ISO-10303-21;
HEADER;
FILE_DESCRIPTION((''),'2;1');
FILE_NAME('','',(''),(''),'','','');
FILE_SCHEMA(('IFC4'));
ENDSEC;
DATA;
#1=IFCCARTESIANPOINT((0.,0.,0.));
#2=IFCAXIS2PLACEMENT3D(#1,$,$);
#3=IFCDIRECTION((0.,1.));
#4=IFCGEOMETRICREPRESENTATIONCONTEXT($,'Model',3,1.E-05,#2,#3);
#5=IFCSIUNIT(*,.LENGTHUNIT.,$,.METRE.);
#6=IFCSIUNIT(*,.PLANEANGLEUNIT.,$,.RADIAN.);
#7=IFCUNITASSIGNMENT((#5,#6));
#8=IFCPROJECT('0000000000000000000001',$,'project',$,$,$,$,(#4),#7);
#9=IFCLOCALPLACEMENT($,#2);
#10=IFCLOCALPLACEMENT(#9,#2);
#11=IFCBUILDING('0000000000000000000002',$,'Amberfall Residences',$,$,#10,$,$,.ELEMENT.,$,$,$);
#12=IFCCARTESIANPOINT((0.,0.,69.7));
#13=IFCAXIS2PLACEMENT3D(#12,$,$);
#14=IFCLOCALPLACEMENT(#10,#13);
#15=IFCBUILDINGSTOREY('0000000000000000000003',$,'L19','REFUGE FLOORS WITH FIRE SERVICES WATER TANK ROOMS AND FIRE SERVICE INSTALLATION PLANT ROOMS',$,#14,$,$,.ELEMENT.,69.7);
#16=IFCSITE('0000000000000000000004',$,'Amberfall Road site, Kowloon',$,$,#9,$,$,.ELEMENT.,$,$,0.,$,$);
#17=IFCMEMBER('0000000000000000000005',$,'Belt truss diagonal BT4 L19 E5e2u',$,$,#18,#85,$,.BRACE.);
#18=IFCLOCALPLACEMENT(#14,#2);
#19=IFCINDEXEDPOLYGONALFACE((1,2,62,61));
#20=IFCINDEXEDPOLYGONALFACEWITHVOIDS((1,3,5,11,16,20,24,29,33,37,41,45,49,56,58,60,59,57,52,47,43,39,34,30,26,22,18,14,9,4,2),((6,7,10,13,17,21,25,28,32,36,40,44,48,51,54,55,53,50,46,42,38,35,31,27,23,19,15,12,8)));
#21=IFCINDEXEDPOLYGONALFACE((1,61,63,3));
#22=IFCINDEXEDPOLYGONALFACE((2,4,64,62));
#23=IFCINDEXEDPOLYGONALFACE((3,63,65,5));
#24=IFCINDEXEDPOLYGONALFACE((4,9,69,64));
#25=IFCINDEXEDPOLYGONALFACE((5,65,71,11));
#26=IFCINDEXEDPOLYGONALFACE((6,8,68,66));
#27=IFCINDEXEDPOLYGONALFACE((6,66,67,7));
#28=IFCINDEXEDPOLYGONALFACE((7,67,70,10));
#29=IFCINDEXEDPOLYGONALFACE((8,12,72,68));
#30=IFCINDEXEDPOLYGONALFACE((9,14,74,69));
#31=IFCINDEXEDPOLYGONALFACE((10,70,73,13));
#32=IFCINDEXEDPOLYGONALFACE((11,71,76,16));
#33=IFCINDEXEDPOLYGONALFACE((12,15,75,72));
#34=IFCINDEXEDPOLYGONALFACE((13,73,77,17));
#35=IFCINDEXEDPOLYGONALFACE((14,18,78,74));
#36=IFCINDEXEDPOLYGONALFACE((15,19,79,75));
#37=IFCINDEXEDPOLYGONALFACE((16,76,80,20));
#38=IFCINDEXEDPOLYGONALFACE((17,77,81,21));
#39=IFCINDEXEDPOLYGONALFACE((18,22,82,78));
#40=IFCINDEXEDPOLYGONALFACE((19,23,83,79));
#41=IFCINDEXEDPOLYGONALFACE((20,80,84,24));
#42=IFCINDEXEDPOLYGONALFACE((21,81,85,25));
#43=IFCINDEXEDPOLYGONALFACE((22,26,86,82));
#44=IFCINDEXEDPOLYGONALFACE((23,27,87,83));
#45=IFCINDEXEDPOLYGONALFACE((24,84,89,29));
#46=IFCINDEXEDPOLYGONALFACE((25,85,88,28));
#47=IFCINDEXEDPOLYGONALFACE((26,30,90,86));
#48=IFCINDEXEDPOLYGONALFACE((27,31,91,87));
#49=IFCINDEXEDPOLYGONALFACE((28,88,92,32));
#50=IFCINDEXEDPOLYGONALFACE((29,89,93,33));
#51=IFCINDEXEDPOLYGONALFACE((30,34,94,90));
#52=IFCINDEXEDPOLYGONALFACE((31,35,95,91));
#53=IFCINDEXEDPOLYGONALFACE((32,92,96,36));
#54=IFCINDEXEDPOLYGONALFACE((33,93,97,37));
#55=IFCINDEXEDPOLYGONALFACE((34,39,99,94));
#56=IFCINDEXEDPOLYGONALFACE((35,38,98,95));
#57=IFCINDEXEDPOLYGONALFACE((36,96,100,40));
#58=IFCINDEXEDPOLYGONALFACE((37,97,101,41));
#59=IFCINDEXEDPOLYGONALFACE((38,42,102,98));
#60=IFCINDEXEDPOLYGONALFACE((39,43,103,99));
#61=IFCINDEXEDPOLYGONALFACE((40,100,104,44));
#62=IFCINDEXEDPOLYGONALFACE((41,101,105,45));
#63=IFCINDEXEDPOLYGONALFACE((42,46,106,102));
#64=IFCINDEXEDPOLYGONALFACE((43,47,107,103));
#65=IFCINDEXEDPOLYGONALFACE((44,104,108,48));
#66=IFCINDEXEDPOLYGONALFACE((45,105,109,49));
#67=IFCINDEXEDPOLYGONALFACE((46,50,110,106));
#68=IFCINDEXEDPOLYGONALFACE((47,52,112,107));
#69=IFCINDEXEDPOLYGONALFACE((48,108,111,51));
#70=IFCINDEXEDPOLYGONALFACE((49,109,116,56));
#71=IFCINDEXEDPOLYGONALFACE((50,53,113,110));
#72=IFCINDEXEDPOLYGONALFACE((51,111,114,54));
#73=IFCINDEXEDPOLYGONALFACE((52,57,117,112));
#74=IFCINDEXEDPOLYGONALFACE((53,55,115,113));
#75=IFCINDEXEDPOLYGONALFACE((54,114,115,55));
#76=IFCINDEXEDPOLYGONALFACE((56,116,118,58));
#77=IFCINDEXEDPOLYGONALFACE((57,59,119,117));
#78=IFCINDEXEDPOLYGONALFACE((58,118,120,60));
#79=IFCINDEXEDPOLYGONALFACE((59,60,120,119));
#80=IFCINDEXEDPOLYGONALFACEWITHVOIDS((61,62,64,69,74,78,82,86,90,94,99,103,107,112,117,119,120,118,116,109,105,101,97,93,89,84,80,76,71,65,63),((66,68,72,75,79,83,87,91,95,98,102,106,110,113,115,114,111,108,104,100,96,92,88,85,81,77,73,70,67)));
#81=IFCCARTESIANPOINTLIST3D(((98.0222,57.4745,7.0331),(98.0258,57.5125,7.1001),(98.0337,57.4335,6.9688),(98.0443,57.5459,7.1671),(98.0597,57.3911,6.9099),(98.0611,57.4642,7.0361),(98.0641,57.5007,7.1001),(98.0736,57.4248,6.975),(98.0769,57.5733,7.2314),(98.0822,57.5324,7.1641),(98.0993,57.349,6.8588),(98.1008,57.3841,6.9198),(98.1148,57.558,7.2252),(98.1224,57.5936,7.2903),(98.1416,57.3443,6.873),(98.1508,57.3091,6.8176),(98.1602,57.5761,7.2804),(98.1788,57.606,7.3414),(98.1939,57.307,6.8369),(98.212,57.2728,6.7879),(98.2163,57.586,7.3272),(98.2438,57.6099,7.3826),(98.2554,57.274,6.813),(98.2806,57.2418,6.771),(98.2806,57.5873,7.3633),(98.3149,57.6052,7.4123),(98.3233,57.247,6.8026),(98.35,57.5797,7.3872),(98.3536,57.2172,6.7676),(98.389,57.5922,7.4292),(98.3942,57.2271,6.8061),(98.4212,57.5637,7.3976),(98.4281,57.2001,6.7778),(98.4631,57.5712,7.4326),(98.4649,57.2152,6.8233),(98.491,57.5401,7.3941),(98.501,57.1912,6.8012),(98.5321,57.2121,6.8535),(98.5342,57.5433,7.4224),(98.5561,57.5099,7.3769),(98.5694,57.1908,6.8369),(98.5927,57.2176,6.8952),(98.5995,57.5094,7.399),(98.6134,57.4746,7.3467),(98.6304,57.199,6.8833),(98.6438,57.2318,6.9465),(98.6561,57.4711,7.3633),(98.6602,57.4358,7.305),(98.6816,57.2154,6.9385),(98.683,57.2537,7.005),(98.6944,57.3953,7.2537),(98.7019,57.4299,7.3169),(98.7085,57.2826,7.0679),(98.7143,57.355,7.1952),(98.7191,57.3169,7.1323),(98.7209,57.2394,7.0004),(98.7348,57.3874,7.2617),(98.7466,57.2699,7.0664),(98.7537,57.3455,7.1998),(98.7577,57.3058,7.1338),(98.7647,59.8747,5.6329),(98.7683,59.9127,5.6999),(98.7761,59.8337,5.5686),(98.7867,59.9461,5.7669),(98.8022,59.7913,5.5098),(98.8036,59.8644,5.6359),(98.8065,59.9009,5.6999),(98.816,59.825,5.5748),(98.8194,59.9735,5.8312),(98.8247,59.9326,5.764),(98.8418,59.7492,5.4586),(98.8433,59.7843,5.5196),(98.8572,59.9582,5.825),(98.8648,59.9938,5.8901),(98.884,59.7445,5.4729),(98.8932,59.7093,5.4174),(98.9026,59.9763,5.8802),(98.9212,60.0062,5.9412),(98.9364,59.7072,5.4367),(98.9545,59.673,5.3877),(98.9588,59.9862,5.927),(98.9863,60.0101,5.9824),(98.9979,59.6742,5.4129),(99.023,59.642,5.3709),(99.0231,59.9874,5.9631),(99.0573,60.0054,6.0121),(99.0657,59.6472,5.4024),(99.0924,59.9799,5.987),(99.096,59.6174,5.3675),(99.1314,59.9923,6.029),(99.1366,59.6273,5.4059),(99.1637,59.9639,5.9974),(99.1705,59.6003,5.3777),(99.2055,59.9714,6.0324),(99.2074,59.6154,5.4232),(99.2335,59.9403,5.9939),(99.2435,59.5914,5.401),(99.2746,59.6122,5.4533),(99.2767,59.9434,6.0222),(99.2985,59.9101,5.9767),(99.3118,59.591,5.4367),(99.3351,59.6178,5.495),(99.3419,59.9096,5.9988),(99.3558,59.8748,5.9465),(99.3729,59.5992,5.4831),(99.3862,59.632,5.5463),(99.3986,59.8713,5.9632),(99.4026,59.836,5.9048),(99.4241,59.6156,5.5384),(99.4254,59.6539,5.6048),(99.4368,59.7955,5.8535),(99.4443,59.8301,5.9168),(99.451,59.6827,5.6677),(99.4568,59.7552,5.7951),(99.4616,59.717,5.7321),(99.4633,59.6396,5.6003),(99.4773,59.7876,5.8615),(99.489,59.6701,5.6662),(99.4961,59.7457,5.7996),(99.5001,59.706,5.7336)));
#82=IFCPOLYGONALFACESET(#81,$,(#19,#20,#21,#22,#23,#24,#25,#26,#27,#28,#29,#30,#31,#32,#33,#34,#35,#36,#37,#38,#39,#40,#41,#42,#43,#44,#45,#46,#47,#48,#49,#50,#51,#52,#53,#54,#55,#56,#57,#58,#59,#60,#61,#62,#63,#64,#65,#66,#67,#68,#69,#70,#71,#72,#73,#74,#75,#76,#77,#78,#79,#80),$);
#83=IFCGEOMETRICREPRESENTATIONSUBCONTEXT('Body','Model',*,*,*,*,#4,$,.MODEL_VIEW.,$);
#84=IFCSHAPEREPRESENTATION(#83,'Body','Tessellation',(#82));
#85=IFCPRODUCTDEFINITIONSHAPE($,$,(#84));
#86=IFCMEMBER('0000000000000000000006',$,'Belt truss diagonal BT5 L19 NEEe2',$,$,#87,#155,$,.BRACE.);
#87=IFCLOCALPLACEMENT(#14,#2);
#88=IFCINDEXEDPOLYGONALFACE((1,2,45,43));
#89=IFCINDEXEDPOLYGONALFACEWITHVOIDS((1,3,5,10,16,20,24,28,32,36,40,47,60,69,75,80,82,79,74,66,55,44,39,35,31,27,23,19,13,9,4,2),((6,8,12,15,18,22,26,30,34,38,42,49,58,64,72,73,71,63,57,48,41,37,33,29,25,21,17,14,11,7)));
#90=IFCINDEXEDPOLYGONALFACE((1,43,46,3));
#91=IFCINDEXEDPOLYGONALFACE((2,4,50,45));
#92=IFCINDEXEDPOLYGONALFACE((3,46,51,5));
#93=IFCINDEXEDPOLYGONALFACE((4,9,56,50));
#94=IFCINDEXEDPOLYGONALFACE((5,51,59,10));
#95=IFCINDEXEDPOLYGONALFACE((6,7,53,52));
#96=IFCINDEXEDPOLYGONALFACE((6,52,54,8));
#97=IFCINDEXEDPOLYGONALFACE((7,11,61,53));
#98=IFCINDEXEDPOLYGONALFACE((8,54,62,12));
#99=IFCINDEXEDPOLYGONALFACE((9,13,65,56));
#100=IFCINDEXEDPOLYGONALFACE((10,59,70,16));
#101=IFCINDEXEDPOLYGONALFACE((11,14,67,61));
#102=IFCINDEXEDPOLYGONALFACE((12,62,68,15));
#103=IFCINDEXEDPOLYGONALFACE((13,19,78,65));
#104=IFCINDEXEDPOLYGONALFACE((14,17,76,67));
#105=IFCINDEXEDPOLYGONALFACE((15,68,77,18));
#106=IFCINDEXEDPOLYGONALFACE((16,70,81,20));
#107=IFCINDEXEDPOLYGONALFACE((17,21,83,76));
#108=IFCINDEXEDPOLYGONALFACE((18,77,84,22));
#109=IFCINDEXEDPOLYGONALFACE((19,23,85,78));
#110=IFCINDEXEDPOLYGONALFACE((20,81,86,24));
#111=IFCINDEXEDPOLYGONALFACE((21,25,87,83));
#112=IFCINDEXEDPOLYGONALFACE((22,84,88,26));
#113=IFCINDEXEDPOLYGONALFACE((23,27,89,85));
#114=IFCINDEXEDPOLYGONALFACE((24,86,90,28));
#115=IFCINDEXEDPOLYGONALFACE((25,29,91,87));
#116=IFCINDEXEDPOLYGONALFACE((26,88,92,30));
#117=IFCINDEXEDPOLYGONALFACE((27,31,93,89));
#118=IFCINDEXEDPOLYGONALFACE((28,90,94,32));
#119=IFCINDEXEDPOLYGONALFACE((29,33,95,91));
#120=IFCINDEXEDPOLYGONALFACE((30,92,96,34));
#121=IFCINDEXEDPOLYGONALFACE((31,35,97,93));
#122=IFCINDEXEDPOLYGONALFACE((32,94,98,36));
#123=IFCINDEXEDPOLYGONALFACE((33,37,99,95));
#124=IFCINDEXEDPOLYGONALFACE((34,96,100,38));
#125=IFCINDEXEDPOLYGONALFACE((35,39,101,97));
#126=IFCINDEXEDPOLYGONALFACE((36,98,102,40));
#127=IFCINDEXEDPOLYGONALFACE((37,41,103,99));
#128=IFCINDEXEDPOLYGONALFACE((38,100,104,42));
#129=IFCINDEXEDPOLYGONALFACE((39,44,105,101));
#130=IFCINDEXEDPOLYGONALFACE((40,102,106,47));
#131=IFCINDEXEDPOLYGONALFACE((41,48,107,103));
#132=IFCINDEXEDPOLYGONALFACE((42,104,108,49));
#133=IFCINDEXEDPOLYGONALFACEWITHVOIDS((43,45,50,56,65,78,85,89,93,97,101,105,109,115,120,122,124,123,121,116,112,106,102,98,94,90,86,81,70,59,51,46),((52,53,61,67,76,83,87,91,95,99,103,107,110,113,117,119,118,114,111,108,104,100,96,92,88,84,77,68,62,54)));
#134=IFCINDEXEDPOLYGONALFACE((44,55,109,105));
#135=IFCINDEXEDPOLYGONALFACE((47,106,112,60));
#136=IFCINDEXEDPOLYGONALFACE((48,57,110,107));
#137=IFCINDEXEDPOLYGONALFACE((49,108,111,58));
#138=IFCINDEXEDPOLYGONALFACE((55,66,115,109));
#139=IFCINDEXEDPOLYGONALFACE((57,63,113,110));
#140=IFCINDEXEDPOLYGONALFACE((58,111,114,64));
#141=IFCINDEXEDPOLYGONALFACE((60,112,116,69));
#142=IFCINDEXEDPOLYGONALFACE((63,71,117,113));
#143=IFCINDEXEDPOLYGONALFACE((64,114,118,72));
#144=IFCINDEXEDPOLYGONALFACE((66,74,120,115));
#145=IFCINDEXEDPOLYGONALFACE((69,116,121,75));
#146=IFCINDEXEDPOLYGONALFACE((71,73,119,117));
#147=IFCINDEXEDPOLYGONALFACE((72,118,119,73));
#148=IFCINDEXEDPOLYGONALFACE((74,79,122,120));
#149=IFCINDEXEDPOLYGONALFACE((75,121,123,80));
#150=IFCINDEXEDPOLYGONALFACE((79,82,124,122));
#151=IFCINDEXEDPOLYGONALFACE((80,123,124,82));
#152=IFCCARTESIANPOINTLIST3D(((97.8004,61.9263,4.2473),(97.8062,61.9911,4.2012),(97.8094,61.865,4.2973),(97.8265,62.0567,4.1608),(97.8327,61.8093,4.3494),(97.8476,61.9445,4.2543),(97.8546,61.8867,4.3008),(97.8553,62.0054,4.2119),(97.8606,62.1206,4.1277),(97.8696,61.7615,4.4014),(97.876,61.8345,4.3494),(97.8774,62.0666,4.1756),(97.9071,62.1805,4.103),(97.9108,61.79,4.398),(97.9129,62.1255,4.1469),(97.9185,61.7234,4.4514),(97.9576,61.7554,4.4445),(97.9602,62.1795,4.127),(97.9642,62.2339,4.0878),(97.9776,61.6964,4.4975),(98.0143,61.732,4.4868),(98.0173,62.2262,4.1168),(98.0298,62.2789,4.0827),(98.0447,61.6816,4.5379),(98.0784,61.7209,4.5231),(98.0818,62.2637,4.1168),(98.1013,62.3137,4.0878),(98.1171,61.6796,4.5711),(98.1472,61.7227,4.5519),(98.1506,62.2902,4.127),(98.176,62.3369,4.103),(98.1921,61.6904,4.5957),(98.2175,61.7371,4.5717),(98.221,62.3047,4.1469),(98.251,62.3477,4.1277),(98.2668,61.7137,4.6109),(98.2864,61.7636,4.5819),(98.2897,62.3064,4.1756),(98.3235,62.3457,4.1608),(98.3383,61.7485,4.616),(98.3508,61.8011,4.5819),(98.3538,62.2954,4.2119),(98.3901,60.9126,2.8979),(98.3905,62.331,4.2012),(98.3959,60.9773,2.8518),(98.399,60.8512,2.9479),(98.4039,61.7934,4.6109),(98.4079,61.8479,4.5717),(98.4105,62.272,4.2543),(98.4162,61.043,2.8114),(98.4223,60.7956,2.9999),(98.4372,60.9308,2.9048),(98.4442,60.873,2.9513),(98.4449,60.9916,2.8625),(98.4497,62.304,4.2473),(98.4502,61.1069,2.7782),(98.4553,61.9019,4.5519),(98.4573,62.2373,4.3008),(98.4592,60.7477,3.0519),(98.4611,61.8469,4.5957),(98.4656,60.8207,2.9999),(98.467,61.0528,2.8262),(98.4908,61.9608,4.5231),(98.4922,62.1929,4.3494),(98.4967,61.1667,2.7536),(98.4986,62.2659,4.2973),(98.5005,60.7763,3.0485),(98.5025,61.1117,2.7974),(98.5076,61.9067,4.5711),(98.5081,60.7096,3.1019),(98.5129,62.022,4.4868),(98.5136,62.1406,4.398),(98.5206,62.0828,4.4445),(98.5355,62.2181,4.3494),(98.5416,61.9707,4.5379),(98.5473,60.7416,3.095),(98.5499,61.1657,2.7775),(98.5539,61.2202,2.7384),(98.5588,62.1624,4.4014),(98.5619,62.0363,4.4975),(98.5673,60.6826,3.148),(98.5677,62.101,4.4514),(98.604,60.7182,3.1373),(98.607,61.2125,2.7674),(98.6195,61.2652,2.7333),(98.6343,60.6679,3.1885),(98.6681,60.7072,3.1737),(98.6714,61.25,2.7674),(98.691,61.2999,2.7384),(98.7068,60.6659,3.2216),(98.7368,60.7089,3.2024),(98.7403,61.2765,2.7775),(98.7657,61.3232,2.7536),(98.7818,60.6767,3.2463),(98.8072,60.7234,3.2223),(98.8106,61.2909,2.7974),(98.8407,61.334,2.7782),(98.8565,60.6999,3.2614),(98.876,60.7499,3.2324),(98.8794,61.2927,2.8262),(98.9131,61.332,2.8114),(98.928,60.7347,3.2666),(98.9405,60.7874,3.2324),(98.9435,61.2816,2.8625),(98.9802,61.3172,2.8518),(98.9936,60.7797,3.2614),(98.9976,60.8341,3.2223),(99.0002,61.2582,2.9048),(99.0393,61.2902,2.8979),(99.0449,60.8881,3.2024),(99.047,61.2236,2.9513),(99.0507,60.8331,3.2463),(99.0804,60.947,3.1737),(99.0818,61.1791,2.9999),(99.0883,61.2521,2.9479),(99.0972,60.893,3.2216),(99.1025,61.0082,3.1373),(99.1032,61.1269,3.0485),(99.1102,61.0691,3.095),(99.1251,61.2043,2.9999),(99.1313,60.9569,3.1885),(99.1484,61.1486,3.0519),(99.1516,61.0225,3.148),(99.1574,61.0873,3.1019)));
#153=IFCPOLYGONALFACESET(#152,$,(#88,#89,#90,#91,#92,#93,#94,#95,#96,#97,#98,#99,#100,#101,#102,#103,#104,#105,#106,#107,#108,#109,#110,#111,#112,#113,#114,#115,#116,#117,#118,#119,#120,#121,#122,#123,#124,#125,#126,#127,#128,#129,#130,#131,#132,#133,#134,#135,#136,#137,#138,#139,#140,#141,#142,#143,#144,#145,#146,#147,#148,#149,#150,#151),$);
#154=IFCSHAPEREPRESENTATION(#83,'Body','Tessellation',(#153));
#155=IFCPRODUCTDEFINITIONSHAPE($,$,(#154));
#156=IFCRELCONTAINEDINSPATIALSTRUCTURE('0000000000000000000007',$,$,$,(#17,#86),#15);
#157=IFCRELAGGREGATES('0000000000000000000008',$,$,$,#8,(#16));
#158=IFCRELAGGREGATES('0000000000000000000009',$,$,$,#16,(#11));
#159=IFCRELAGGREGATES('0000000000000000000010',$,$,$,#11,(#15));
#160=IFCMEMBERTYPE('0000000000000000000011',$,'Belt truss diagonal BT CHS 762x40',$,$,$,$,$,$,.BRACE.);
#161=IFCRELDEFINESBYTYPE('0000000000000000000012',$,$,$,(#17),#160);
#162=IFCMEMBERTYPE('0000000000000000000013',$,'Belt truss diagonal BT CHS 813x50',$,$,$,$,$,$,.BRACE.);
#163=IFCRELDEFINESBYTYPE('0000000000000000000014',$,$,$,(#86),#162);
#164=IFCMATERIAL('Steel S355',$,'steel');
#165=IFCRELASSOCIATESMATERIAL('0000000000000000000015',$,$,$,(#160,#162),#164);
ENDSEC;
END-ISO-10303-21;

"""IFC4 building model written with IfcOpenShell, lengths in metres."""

from ifc_helpers import new_model, si_unit, direction, frame, origin, origin_2d, place, context, subcontext, project, spatial, hollow_circle, extrude, material, material_profile, profile_set, type_object, element, save


model = new_model("IFC4")

# Units and contexts
model_context = context("Model", 3, precision=1e-05, world=origin(), true_north=direction((0.0, 1.0)))
body_context = subcontext(model_context, "Body", "Model", "MODEL_VIEW")
ifc_project = project(units=[si_unit("LENGTHUNIT", "METRE"), si_unit("PLANEANGLEUNIT", "RADIAN")], contexts=[model_context])

# Site, building, storey
site_placement = place(None, origin())
site = spatial("IfcSite", under=ifc_project, at=site_placement, Name="Amberfall Road site, Kowloon", CompositionType="ELEMENT", RefElevation=0.0)
building_placement = place(site_placement, origin())
building = spatial("IfcBuilding", under=site, at=building_placement, Name="Amberfall Residences", CompositionType="ELEMENT")
storey_placement = place(building_placement, frame((0.0, 0.0, 69.7)))
storey = spatial("IfcBuildingStorey", under=building, at=storey_placement, Name="L19", Description="REFUGE FLOORS WITH FIRE SERVICES WATER TANK ROOMS AND FIRE SERVICE INSTALLATION PLANT ROOMS", CompositionType="ELEMENT", Elevation=69.7)

# Shared definitions
ifc_material_1 = material(Name="Steel S355", Category="steel")

# Members
ifc_material_profile_1 = material_profile(ifc_material_1, hollow_circle(Radius=0.3811, WallThickness=0.04, at=origin_2d()), Name="CHS 762x40")
ifc_profile_set_1 = profile_set([ifc_material_profile_1], Name="Steel S355")
member_type_1 = type_object("IfcMemberType", Name="Belt truss diagonal BT CHS 762x40", PredefinedType="BRACE", material=ifc_profile_set_1)
member_1_placement = place(storey_placement, frame((98.3899, 57.3999, 7.1001), z_axis=(0.258133, 0.834496, -0.48681), x_axis=(-0.955339, 0.295513, 0.0)))
element("IfcMember", 1, at=member_1_placement, inside=storey, type_object=member_type_1, Name="Belt truss diagonal BT4 L19 E5e2u", PredefinedType="BRACE", context=body_context, shape_type="SweptSolid", body=[
    extrude(hollow_circle(Radius=0.3811, WallThickness=0.04, at=origin_2d()), origin(), (0.0, 0.0, 1.0), 2.8762),
])
ifc_material_profile_2 = material_profile(ifc_material_1, hollow_circle(Radius=0.4065, WallThickness=0.05, at=origin_2d()), Name="CHS 813x50")
ifc_profile_set_2 = profile_set([ifc_material_profile_2], Name="Steel S355")
member_type_2 = type_object("IfcMemberType", Name="Belt truss diagonal BT CHS 813x50", PredefinedType="BRACE", material=ifc_profile_set_2)
member_2_placement = place(storey_placement, frame((98.1841, 62.0137, 4.3494), z_axis=(0.329805, -0.567019, -0.754796), x_axis=(0.864413, 0.502783, 0.0)))
element("IfcMember", 2, at=member_2_placement, inside=storey, type_object=member_type_2, Name="Belt truss diagonal BT5 L19 NEEe2", PredefinedType="BRACE", context=body_context, shape_type="SweptSolid", body=[
    extrude(hollow_circle(Radius=0.4065, WallThickness=0.05, at=origin_2d()), origin(), (0.0, 0.0, 1.0), 1.7878),
])

save(model, "model.ifc")
